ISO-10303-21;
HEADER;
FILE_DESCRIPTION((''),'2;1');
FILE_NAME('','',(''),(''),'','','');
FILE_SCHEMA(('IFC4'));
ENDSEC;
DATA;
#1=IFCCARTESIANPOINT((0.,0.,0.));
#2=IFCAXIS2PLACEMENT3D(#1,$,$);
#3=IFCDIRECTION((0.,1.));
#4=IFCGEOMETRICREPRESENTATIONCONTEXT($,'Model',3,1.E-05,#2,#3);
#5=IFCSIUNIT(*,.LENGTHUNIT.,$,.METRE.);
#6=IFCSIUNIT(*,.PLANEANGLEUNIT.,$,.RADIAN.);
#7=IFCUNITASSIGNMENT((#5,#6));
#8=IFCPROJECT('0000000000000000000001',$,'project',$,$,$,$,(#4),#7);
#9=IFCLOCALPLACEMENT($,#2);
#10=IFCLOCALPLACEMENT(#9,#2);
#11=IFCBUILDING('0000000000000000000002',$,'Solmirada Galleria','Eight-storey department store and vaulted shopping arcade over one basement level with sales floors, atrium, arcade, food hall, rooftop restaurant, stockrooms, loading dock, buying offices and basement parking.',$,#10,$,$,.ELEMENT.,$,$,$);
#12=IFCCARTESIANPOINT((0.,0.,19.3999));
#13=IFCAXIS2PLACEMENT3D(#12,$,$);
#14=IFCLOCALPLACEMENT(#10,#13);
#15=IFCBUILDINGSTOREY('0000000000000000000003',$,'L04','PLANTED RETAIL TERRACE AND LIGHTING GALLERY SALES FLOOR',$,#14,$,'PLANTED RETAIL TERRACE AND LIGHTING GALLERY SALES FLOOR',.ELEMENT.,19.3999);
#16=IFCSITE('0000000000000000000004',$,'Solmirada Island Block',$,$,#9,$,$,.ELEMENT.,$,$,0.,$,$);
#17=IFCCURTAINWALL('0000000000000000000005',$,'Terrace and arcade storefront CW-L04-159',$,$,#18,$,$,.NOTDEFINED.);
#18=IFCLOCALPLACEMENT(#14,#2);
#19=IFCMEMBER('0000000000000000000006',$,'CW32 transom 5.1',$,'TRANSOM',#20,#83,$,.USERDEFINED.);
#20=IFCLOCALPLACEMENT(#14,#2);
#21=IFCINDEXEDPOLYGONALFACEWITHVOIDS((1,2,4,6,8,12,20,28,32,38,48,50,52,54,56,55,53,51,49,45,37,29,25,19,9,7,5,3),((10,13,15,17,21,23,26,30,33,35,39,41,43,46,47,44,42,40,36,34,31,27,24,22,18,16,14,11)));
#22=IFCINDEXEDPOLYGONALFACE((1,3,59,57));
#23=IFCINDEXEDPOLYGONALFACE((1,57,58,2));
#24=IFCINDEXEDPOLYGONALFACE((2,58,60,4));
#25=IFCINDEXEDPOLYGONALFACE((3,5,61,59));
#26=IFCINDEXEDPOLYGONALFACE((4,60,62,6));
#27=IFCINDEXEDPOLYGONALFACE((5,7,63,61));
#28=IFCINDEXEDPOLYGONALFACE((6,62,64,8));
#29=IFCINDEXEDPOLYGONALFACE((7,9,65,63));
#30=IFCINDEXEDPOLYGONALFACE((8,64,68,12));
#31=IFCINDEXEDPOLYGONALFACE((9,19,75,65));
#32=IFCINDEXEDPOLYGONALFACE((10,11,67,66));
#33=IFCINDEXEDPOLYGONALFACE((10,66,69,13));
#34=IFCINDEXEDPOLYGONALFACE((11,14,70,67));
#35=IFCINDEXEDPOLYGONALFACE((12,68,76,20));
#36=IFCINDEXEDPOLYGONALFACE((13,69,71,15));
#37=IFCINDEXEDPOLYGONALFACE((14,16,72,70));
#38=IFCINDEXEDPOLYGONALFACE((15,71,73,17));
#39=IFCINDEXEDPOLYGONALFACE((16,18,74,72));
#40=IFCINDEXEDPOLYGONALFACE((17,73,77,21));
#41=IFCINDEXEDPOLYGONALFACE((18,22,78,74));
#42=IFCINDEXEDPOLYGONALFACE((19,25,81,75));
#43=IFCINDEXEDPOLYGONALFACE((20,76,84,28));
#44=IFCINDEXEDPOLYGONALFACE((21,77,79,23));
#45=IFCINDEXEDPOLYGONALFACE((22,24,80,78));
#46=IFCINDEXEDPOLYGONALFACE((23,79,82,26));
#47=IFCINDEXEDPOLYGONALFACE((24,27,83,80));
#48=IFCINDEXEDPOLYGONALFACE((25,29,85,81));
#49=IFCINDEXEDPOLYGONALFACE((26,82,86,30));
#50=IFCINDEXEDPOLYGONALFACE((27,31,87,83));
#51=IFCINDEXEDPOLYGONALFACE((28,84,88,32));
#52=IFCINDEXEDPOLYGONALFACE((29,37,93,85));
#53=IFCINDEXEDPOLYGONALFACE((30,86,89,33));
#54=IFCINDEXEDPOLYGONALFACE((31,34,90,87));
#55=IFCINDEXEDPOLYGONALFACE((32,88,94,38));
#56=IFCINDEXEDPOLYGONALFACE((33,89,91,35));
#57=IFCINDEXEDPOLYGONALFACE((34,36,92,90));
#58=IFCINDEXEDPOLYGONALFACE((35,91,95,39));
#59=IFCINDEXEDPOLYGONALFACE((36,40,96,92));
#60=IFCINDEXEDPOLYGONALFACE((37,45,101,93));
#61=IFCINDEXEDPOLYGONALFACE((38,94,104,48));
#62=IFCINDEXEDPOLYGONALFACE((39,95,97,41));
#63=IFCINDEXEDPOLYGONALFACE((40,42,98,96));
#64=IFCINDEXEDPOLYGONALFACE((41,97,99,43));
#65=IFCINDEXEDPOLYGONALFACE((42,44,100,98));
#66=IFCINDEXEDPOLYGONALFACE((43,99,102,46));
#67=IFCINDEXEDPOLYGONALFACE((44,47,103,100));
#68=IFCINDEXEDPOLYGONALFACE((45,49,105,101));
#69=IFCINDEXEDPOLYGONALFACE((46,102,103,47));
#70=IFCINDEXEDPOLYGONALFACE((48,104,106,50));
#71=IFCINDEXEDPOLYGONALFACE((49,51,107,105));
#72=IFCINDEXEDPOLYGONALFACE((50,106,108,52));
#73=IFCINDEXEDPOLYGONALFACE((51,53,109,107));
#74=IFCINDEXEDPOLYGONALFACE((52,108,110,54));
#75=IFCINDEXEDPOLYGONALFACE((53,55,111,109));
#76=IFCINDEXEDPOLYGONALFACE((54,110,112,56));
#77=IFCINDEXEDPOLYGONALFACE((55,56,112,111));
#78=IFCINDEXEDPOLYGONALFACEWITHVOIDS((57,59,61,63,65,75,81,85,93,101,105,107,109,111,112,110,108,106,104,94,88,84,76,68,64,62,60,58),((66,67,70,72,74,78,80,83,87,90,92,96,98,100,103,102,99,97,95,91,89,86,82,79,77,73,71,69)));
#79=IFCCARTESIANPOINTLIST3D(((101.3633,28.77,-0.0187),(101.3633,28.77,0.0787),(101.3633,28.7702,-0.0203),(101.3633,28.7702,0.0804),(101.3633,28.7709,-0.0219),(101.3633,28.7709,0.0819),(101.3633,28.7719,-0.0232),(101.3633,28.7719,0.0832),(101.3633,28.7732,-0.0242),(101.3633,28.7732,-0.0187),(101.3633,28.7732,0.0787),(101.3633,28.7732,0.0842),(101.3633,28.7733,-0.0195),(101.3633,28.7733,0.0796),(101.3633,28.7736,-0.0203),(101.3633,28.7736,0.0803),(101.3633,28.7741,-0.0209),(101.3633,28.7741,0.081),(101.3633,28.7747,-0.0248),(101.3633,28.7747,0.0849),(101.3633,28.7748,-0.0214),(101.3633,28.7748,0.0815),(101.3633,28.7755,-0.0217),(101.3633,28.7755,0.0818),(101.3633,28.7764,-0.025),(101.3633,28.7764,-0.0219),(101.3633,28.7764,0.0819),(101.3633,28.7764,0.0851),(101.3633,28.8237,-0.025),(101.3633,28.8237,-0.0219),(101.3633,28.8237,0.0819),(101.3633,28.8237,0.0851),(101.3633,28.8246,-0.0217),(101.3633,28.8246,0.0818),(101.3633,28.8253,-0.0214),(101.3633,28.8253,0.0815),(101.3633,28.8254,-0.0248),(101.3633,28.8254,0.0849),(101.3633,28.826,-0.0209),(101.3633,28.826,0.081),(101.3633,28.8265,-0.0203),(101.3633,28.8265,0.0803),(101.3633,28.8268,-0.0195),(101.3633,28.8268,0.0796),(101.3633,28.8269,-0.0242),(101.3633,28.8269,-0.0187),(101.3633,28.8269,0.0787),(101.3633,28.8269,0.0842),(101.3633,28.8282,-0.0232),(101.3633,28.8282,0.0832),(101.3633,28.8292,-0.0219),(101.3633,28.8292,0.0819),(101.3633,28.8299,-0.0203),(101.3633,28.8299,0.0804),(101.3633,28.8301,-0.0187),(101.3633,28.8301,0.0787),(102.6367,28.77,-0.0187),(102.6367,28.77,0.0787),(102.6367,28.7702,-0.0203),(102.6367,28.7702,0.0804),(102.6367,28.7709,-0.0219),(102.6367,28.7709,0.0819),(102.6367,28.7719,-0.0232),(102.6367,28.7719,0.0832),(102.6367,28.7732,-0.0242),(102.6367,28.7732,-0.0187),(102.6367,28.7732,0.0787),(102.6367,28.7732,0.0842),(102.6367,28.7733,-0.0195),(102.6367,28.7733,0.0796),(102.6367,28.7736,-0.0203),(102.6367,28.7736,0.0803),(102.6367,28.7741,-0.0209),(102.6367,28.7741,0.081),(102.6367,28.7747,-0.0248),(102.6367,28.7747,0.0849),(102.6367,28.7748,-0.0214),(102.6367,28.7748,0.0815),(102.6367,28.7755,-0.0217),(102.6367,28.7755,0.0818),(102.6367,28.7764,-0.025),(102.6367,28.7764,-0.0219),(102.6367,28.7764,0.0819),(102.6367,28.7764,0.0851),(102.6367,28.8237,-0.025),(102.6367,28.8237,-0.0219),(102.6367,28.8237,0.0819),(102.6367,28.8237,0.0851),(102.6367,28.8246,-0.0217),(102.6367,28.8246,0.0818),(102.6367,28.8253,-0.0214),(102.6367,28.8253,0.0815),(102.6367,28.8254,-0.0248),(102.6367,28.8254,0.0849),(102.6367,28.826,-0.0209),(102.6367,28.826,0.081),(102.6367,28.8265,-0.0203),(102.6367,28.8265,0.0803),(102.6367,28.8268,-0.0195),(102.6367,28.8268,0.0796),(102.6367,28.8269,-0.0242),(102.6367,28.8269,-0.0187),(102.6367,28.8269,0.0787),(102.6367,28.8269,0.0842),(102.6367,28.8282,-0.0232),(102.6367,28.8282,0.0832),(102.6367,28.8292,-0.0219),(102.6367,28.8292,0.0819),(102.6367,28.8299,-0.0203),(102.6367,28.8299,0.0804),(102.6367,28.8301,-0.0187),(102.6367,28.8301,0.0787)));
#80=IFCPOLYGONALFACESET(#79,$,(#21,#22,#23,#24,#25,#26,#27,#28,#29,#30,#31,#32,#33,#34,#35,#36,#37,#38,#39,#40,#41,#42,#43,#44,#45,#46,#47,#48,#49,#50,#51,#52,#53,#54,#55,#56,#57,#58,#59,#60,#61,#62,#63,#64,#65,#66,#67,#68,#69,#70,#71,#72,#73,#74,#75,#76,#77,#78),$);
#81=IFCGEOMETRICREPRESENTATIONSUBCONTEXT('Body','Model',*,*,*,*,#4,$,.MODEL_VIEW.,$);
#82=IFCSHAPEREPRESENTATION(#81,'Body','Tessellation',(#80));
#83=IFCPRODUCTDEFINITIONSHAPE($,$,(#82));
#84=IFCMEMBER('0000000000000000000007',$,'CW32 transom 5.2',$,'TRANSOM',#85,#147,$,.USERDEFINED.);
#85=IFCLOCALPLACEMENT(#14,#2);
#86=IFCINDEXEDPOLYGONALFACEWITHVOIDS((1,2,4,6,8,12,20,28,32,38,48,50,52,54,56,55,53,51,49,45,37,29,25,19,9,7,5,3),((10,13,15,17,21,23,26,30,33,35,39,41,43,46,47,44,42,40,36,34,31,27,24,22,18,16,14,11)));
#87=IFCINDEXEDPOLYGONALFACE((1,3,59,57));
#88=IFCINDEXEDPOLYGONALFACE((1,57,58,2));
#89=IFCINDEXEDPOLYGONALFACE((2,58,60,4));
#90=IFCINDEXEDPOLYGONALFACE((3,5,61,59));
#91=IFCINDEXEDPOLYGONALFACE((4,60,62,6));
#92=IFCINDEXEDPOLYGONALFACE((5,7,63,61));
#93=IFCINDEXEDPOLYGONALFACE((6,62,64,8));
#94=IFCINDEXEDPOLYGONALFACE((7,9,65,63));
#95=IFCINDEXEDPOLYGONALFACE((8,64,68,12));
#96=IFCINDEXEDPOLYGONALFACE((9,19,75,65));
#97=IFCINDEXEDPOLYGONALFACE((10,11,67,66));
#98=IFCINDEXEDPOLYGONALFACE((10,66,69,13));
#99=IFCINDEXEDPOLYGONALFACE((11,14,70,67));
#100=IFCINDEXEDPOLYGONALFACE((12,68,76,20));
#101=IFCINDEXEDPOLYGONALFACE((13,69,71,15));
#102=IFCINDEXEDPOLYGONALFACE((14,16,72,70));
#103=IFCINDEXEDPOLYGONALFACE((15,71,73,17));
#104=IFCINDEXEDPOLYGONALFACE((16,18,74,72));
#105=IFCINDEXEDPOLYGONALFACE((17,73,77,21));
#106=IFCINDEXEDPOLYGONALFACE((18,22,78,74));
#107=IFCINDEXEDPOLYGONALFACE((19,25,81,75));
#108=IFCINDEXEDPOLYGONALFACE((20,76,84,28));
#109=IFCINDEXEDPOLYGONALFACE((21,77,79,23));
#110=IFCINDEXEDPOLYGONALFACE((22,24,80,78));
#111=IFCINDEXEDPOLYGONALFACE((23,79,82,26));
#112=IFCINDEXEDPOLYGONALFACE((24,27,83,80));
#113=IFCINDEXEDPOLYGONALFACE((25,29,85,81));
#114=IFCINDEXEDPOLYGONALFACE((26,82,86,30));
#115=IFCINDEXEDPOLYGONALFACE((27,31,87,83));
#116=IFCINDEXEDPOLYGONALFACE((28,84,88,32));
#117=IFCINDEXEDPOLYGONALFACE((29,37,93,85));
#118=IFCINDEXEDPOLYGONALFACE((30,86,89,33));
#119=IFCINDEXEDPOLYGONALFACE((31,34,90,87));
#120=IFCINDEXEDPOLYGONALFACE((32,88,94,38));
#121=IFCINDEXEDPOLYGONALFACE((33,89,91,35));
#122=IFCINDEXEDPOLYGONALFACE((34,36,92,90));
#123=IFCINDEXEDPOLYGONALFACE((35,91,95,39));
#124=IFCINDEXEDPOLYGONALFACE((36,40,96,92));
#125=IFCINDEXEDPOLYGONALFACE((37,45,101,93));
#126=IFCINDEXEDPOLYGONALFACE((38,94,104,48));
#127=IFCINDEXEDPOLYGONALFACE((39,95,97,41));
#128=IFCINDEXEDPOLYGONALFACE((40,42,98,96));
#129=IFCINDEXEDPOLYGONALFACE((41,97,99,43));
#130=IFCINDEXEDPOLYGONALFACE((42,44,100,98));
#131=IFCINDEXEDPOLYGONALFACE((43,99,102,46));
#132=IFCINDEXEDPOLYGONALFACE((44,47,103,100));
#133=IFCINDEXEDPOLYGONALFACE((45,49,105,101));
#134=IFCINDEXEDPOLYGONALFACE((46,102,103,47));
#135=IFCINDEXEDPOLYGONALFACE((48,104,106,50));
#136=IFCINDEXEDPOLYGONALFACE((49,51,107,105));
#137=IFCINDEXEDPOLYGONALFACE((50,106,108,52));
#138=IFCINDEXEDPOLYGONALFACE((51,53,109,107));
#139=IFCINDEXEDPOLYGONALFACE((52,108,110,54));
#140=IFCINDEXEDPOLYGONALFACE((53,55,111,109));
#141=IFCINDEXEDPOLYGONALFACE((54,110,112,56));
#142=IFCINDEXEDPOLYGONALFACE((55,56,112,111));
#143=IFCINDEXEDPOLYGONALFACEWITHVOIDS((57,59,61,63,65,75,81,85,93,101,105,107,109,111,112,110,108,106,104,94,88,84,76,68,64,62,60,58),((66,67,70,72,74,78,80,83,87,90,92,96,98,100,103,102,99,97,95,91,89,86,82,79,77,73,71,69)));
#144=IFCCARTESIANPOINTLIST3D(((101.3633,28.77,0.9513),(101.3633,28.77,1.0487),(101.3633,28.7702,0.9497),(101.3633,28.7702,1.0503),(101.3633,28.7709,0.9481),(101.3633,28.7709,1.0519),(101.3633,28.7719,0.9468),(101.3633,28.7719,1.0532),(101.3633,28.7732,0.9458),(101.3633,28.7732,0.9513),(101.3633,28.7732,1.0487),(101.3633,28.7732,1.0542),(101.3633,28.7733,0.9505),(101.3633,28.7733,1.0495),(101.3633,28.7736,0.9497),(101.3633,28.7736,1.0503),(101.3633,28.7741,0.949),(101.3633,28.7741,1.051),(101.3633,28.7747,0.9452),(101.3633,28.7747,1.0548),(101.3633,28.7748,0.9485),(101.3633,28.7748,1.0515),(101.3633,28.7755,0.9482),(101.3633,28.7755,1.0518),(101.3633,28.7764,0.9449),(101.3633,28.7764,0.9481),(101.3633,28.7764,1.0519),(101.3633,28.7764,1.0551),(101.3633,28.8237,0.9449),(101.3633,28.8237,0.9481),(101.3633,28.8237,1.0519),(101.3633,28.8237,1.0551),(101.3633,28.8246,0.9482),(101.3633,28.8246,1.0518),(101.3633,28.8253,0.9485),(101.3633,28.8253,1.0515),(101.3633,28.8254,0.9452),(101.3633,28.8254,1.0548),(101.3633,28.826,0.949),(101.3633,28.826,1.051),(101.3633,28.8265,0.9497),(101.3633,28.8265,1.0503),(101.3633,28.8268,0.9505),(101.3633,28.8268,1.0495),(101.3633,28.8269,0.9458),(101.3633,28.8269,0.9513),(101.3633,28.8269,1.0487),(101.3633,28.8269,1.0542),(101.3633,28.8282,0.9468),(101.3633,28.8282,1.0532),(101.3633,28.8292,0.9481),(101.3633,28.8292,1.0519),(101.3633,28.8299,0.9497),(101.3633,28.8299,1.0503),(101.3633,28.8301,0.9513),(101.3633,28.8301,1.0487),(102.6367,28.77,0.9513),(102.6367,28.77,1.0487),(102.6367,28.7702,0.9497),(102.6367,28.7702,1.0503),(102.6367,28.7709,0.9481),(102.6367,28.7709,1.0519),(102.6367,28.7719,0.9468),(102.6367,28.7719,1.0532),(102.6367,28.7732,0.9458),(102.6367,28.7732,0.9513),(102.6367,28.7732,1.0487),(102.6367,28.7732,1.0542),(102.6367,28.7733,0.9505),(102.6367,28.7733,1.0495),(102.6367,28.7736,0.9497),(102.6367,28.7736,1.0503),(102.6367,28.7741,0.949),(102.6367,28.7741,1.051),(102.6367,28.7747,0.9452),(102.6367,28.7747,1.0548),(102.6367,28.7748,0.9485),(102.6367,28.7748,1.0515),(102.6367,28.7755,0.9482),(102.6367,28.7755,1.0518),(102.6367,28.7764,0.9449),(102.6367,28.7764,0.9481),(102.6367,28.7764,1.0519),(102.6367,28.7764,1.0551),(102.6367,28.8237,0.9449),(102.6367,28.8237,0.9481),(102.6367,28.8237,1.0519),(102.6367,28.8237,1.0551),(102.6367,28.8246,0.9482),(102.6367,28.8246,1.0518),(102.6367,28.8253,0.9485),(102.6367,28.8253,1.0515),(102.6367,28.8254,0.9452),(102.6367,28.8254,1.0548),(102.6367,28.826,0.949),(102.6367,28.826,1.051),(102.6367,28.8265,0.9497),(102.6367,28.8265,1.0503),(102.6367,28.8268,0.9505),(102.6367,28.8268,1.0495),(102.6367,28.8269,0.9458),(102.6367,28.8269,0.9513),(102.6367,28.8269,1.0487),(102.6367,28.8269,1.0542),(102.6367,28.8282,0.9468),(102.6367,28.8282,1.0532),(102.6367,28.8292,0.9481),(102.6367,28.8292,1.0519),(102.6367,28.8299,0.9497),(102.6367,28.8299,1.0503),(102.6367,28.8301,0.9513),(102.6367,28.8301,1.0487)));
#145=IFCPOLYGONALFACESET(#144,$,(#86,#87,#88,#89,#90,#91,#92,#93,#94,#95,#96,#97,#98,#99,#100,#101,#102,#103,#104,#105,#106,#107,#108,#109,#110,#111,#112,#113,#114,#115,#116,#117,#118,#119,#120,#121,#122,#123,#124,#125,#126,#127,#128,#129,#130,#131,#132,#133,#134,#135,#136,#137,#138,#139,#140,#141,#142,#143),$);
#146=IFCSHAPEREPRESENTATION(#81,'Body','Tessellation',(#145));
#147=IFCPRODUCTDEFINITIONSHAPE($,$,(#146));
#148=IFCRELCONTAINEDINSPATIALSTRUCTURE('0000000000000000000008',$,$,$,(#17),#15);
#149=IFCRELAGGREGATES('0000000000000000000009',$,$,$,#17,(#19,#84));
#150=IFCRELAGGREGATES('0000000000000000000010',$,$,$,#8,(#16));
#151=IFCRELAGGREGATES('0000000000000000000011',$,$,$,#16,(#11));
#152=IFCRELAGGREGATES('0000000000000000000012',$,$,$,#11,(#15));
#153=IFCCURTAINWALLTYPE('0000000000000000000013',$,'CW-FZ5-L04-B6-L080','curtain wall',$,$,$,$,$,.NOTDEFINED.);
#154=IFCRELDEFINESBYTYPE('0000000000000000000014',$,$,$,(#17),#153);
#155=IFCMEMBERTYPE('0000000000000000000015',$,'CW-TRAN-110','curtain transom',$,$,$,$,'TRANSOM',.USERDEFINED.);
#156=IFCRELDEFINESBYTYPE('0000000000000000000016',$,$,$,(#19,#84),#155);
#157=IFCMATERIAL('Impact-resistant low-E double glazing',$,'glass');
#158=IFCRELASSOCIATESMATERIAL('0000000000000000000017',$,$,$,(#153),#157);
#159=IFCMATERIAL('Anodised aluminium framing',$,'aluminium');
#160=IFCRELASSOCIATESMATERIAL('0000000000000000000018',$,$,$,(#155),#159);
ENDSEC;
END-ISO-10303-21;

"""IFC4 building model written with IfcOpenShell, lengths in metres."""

from ifc_helpers import new_model, si_unit, direction, frame, origin, origin_2d, place, context, subcontext, project, spatial, hollow_rectangle, extrude, material, material_profile, profile_set, type_object, element, aggregate, save


model = new_model("IFC4")

# Units and contexts
model_context = context("Model", 3, precision=1e-05, world=origin(), true_north=direction((0.0, 1.0)))
body_context = subcontext(model_context, "Body", "Model", "MODEL_VIEW")
ifc_project = project(units=[si_unit("LENGTHUNIT", "METRE"), si_unit("PLANEANGLEUNIT", "RADIAN")], contexts=[model_context])

# Site, building, storey
site_placement = place(None, origin())
site = spatial("IfcSite", under=ifc_project, at=site_placement, Name="Solmirada Island Block", CompositionType="ELEMENT", RefElevation=0.0)
building_placement = place(site_placement, origin())
building = spatial("IfcBuilding", under=site, at=building_placement, Name="Solmirada Galleria", Description="Eight-storey department store and vaulted shopping arcade over one basement level with sales floors, atrium, arcade, food hall, rooftop restaurant, stockrooms, loading dock, buying offices and basement parking.", CompositionType="ELEMENT")
storey_placement = place(building_placement, frame((0.0, 0.0, 19.3999)))
storey = spatial("IfcBuildingStorey", under=building, at=storey_placement, Name="L04", Description="PLANTED RETAIL TERRACE AND LIGHTING GALLERY SALES FLOOR", LongName="PLANTED RETAIL TERRACE AND LIGHTING GALLERY SALES FLOOR", CompositionType="ELEMENT", Elevation=19.3999)

# Curtain wall, members
ifc_material_1 = material(Name="Impact-resistant low-E double glazing", Category="glass")
curtain_wall_type = type_object("IfcCurtainWallType", Name="CW-FZ5-L04-B6-L080", Description="curtain wall", PredefinedType="NOTDEFINED", material=ifc_material_1)
curtain_wall_placement = place(storey_placement, origin())
curtain_wall = element("IfcCurtainWall", 1, at=curtain_wall_placement, inside=storey, type_object=curtain_wall_type, Name="Terrace and arcade storefront CW-L04-159", PredefinedType="NOTDEFINED")
ifc_material_2 = material(Name="Anodised aluminium framing", Category="aluminium")
ifc_material_profile_1 = material_profile(ifc_material_2, hollow_rectangle(XDim=0.0601, YDim=0.1101, WallThickness=0.0032, InnerFilletRadius=0.0032, OuterFilletRadius=0.0063, at=origin_2d()), Name="ALU-TRAN-110X60")
ifc_profile_set_1 = profile_set([ifc_material_profile_1], Name="Anodised aluminium framing")
member_type_1 = type_object("IfcMemberType", Name="CW-TRAN-110", Description="curtain transom", ElementType="TRANSOM", PredefinedType="USERDEFINED", material=ifc_profile_set_1)
member_1_placement = place(storey_placement, frame((101.3633, 28.8, 0.03), z_axis=(1.0, 0.0, 0.0), x_axis=(0.0, 1.0, 0.0)))
member_1 = element("IfcMember", 2, at=member_1_placement, type_object=member_type_1, Name="CW32 transom 5.1", ObjectType="TRANSOM", PredefinedType="USERDEFINED", context=body_context, shape_type="SweptSolid", body=[
    extrude(hollow_rectangle(XDim=0.0601, YDim=0.1101, WallThickness=0.0032, InnerFilletRadius=0.0032, OuterFilletRadius=0.0063, at=origin_2d()), origin(), (0.0, 0.0, 1.0), 1.2734),
])
member_2_placement = place(storey_placement, frame((101.3633, 28.8, 1.0), z_axis=(1.0, 0.0, 0.0), x_axis=(0.0, 1.0, 0.0)))
member_2 = element("IfcMember", 3, at=member_2_placement, type_object=member_type_1, Name="CW32 transom 5.2", ObjectType="TRANSOM", PredefinedType="USERDEFINED", context=body_context, shape_type="SweptSolid", body=[
    extrude(hollow_rectangle(XDim=0.0601, YDim=0.1101, WallThickness=0.0032, InnerFilletRadius=0.0032, OuterFilletRadius=0.0063, at=origin_2d()), origin(), (0.0, 0.0, 1.0), 1.2734),
])
aggregate(curtain_wall, [member_1, member_2])

save(model, "model.ifc")
